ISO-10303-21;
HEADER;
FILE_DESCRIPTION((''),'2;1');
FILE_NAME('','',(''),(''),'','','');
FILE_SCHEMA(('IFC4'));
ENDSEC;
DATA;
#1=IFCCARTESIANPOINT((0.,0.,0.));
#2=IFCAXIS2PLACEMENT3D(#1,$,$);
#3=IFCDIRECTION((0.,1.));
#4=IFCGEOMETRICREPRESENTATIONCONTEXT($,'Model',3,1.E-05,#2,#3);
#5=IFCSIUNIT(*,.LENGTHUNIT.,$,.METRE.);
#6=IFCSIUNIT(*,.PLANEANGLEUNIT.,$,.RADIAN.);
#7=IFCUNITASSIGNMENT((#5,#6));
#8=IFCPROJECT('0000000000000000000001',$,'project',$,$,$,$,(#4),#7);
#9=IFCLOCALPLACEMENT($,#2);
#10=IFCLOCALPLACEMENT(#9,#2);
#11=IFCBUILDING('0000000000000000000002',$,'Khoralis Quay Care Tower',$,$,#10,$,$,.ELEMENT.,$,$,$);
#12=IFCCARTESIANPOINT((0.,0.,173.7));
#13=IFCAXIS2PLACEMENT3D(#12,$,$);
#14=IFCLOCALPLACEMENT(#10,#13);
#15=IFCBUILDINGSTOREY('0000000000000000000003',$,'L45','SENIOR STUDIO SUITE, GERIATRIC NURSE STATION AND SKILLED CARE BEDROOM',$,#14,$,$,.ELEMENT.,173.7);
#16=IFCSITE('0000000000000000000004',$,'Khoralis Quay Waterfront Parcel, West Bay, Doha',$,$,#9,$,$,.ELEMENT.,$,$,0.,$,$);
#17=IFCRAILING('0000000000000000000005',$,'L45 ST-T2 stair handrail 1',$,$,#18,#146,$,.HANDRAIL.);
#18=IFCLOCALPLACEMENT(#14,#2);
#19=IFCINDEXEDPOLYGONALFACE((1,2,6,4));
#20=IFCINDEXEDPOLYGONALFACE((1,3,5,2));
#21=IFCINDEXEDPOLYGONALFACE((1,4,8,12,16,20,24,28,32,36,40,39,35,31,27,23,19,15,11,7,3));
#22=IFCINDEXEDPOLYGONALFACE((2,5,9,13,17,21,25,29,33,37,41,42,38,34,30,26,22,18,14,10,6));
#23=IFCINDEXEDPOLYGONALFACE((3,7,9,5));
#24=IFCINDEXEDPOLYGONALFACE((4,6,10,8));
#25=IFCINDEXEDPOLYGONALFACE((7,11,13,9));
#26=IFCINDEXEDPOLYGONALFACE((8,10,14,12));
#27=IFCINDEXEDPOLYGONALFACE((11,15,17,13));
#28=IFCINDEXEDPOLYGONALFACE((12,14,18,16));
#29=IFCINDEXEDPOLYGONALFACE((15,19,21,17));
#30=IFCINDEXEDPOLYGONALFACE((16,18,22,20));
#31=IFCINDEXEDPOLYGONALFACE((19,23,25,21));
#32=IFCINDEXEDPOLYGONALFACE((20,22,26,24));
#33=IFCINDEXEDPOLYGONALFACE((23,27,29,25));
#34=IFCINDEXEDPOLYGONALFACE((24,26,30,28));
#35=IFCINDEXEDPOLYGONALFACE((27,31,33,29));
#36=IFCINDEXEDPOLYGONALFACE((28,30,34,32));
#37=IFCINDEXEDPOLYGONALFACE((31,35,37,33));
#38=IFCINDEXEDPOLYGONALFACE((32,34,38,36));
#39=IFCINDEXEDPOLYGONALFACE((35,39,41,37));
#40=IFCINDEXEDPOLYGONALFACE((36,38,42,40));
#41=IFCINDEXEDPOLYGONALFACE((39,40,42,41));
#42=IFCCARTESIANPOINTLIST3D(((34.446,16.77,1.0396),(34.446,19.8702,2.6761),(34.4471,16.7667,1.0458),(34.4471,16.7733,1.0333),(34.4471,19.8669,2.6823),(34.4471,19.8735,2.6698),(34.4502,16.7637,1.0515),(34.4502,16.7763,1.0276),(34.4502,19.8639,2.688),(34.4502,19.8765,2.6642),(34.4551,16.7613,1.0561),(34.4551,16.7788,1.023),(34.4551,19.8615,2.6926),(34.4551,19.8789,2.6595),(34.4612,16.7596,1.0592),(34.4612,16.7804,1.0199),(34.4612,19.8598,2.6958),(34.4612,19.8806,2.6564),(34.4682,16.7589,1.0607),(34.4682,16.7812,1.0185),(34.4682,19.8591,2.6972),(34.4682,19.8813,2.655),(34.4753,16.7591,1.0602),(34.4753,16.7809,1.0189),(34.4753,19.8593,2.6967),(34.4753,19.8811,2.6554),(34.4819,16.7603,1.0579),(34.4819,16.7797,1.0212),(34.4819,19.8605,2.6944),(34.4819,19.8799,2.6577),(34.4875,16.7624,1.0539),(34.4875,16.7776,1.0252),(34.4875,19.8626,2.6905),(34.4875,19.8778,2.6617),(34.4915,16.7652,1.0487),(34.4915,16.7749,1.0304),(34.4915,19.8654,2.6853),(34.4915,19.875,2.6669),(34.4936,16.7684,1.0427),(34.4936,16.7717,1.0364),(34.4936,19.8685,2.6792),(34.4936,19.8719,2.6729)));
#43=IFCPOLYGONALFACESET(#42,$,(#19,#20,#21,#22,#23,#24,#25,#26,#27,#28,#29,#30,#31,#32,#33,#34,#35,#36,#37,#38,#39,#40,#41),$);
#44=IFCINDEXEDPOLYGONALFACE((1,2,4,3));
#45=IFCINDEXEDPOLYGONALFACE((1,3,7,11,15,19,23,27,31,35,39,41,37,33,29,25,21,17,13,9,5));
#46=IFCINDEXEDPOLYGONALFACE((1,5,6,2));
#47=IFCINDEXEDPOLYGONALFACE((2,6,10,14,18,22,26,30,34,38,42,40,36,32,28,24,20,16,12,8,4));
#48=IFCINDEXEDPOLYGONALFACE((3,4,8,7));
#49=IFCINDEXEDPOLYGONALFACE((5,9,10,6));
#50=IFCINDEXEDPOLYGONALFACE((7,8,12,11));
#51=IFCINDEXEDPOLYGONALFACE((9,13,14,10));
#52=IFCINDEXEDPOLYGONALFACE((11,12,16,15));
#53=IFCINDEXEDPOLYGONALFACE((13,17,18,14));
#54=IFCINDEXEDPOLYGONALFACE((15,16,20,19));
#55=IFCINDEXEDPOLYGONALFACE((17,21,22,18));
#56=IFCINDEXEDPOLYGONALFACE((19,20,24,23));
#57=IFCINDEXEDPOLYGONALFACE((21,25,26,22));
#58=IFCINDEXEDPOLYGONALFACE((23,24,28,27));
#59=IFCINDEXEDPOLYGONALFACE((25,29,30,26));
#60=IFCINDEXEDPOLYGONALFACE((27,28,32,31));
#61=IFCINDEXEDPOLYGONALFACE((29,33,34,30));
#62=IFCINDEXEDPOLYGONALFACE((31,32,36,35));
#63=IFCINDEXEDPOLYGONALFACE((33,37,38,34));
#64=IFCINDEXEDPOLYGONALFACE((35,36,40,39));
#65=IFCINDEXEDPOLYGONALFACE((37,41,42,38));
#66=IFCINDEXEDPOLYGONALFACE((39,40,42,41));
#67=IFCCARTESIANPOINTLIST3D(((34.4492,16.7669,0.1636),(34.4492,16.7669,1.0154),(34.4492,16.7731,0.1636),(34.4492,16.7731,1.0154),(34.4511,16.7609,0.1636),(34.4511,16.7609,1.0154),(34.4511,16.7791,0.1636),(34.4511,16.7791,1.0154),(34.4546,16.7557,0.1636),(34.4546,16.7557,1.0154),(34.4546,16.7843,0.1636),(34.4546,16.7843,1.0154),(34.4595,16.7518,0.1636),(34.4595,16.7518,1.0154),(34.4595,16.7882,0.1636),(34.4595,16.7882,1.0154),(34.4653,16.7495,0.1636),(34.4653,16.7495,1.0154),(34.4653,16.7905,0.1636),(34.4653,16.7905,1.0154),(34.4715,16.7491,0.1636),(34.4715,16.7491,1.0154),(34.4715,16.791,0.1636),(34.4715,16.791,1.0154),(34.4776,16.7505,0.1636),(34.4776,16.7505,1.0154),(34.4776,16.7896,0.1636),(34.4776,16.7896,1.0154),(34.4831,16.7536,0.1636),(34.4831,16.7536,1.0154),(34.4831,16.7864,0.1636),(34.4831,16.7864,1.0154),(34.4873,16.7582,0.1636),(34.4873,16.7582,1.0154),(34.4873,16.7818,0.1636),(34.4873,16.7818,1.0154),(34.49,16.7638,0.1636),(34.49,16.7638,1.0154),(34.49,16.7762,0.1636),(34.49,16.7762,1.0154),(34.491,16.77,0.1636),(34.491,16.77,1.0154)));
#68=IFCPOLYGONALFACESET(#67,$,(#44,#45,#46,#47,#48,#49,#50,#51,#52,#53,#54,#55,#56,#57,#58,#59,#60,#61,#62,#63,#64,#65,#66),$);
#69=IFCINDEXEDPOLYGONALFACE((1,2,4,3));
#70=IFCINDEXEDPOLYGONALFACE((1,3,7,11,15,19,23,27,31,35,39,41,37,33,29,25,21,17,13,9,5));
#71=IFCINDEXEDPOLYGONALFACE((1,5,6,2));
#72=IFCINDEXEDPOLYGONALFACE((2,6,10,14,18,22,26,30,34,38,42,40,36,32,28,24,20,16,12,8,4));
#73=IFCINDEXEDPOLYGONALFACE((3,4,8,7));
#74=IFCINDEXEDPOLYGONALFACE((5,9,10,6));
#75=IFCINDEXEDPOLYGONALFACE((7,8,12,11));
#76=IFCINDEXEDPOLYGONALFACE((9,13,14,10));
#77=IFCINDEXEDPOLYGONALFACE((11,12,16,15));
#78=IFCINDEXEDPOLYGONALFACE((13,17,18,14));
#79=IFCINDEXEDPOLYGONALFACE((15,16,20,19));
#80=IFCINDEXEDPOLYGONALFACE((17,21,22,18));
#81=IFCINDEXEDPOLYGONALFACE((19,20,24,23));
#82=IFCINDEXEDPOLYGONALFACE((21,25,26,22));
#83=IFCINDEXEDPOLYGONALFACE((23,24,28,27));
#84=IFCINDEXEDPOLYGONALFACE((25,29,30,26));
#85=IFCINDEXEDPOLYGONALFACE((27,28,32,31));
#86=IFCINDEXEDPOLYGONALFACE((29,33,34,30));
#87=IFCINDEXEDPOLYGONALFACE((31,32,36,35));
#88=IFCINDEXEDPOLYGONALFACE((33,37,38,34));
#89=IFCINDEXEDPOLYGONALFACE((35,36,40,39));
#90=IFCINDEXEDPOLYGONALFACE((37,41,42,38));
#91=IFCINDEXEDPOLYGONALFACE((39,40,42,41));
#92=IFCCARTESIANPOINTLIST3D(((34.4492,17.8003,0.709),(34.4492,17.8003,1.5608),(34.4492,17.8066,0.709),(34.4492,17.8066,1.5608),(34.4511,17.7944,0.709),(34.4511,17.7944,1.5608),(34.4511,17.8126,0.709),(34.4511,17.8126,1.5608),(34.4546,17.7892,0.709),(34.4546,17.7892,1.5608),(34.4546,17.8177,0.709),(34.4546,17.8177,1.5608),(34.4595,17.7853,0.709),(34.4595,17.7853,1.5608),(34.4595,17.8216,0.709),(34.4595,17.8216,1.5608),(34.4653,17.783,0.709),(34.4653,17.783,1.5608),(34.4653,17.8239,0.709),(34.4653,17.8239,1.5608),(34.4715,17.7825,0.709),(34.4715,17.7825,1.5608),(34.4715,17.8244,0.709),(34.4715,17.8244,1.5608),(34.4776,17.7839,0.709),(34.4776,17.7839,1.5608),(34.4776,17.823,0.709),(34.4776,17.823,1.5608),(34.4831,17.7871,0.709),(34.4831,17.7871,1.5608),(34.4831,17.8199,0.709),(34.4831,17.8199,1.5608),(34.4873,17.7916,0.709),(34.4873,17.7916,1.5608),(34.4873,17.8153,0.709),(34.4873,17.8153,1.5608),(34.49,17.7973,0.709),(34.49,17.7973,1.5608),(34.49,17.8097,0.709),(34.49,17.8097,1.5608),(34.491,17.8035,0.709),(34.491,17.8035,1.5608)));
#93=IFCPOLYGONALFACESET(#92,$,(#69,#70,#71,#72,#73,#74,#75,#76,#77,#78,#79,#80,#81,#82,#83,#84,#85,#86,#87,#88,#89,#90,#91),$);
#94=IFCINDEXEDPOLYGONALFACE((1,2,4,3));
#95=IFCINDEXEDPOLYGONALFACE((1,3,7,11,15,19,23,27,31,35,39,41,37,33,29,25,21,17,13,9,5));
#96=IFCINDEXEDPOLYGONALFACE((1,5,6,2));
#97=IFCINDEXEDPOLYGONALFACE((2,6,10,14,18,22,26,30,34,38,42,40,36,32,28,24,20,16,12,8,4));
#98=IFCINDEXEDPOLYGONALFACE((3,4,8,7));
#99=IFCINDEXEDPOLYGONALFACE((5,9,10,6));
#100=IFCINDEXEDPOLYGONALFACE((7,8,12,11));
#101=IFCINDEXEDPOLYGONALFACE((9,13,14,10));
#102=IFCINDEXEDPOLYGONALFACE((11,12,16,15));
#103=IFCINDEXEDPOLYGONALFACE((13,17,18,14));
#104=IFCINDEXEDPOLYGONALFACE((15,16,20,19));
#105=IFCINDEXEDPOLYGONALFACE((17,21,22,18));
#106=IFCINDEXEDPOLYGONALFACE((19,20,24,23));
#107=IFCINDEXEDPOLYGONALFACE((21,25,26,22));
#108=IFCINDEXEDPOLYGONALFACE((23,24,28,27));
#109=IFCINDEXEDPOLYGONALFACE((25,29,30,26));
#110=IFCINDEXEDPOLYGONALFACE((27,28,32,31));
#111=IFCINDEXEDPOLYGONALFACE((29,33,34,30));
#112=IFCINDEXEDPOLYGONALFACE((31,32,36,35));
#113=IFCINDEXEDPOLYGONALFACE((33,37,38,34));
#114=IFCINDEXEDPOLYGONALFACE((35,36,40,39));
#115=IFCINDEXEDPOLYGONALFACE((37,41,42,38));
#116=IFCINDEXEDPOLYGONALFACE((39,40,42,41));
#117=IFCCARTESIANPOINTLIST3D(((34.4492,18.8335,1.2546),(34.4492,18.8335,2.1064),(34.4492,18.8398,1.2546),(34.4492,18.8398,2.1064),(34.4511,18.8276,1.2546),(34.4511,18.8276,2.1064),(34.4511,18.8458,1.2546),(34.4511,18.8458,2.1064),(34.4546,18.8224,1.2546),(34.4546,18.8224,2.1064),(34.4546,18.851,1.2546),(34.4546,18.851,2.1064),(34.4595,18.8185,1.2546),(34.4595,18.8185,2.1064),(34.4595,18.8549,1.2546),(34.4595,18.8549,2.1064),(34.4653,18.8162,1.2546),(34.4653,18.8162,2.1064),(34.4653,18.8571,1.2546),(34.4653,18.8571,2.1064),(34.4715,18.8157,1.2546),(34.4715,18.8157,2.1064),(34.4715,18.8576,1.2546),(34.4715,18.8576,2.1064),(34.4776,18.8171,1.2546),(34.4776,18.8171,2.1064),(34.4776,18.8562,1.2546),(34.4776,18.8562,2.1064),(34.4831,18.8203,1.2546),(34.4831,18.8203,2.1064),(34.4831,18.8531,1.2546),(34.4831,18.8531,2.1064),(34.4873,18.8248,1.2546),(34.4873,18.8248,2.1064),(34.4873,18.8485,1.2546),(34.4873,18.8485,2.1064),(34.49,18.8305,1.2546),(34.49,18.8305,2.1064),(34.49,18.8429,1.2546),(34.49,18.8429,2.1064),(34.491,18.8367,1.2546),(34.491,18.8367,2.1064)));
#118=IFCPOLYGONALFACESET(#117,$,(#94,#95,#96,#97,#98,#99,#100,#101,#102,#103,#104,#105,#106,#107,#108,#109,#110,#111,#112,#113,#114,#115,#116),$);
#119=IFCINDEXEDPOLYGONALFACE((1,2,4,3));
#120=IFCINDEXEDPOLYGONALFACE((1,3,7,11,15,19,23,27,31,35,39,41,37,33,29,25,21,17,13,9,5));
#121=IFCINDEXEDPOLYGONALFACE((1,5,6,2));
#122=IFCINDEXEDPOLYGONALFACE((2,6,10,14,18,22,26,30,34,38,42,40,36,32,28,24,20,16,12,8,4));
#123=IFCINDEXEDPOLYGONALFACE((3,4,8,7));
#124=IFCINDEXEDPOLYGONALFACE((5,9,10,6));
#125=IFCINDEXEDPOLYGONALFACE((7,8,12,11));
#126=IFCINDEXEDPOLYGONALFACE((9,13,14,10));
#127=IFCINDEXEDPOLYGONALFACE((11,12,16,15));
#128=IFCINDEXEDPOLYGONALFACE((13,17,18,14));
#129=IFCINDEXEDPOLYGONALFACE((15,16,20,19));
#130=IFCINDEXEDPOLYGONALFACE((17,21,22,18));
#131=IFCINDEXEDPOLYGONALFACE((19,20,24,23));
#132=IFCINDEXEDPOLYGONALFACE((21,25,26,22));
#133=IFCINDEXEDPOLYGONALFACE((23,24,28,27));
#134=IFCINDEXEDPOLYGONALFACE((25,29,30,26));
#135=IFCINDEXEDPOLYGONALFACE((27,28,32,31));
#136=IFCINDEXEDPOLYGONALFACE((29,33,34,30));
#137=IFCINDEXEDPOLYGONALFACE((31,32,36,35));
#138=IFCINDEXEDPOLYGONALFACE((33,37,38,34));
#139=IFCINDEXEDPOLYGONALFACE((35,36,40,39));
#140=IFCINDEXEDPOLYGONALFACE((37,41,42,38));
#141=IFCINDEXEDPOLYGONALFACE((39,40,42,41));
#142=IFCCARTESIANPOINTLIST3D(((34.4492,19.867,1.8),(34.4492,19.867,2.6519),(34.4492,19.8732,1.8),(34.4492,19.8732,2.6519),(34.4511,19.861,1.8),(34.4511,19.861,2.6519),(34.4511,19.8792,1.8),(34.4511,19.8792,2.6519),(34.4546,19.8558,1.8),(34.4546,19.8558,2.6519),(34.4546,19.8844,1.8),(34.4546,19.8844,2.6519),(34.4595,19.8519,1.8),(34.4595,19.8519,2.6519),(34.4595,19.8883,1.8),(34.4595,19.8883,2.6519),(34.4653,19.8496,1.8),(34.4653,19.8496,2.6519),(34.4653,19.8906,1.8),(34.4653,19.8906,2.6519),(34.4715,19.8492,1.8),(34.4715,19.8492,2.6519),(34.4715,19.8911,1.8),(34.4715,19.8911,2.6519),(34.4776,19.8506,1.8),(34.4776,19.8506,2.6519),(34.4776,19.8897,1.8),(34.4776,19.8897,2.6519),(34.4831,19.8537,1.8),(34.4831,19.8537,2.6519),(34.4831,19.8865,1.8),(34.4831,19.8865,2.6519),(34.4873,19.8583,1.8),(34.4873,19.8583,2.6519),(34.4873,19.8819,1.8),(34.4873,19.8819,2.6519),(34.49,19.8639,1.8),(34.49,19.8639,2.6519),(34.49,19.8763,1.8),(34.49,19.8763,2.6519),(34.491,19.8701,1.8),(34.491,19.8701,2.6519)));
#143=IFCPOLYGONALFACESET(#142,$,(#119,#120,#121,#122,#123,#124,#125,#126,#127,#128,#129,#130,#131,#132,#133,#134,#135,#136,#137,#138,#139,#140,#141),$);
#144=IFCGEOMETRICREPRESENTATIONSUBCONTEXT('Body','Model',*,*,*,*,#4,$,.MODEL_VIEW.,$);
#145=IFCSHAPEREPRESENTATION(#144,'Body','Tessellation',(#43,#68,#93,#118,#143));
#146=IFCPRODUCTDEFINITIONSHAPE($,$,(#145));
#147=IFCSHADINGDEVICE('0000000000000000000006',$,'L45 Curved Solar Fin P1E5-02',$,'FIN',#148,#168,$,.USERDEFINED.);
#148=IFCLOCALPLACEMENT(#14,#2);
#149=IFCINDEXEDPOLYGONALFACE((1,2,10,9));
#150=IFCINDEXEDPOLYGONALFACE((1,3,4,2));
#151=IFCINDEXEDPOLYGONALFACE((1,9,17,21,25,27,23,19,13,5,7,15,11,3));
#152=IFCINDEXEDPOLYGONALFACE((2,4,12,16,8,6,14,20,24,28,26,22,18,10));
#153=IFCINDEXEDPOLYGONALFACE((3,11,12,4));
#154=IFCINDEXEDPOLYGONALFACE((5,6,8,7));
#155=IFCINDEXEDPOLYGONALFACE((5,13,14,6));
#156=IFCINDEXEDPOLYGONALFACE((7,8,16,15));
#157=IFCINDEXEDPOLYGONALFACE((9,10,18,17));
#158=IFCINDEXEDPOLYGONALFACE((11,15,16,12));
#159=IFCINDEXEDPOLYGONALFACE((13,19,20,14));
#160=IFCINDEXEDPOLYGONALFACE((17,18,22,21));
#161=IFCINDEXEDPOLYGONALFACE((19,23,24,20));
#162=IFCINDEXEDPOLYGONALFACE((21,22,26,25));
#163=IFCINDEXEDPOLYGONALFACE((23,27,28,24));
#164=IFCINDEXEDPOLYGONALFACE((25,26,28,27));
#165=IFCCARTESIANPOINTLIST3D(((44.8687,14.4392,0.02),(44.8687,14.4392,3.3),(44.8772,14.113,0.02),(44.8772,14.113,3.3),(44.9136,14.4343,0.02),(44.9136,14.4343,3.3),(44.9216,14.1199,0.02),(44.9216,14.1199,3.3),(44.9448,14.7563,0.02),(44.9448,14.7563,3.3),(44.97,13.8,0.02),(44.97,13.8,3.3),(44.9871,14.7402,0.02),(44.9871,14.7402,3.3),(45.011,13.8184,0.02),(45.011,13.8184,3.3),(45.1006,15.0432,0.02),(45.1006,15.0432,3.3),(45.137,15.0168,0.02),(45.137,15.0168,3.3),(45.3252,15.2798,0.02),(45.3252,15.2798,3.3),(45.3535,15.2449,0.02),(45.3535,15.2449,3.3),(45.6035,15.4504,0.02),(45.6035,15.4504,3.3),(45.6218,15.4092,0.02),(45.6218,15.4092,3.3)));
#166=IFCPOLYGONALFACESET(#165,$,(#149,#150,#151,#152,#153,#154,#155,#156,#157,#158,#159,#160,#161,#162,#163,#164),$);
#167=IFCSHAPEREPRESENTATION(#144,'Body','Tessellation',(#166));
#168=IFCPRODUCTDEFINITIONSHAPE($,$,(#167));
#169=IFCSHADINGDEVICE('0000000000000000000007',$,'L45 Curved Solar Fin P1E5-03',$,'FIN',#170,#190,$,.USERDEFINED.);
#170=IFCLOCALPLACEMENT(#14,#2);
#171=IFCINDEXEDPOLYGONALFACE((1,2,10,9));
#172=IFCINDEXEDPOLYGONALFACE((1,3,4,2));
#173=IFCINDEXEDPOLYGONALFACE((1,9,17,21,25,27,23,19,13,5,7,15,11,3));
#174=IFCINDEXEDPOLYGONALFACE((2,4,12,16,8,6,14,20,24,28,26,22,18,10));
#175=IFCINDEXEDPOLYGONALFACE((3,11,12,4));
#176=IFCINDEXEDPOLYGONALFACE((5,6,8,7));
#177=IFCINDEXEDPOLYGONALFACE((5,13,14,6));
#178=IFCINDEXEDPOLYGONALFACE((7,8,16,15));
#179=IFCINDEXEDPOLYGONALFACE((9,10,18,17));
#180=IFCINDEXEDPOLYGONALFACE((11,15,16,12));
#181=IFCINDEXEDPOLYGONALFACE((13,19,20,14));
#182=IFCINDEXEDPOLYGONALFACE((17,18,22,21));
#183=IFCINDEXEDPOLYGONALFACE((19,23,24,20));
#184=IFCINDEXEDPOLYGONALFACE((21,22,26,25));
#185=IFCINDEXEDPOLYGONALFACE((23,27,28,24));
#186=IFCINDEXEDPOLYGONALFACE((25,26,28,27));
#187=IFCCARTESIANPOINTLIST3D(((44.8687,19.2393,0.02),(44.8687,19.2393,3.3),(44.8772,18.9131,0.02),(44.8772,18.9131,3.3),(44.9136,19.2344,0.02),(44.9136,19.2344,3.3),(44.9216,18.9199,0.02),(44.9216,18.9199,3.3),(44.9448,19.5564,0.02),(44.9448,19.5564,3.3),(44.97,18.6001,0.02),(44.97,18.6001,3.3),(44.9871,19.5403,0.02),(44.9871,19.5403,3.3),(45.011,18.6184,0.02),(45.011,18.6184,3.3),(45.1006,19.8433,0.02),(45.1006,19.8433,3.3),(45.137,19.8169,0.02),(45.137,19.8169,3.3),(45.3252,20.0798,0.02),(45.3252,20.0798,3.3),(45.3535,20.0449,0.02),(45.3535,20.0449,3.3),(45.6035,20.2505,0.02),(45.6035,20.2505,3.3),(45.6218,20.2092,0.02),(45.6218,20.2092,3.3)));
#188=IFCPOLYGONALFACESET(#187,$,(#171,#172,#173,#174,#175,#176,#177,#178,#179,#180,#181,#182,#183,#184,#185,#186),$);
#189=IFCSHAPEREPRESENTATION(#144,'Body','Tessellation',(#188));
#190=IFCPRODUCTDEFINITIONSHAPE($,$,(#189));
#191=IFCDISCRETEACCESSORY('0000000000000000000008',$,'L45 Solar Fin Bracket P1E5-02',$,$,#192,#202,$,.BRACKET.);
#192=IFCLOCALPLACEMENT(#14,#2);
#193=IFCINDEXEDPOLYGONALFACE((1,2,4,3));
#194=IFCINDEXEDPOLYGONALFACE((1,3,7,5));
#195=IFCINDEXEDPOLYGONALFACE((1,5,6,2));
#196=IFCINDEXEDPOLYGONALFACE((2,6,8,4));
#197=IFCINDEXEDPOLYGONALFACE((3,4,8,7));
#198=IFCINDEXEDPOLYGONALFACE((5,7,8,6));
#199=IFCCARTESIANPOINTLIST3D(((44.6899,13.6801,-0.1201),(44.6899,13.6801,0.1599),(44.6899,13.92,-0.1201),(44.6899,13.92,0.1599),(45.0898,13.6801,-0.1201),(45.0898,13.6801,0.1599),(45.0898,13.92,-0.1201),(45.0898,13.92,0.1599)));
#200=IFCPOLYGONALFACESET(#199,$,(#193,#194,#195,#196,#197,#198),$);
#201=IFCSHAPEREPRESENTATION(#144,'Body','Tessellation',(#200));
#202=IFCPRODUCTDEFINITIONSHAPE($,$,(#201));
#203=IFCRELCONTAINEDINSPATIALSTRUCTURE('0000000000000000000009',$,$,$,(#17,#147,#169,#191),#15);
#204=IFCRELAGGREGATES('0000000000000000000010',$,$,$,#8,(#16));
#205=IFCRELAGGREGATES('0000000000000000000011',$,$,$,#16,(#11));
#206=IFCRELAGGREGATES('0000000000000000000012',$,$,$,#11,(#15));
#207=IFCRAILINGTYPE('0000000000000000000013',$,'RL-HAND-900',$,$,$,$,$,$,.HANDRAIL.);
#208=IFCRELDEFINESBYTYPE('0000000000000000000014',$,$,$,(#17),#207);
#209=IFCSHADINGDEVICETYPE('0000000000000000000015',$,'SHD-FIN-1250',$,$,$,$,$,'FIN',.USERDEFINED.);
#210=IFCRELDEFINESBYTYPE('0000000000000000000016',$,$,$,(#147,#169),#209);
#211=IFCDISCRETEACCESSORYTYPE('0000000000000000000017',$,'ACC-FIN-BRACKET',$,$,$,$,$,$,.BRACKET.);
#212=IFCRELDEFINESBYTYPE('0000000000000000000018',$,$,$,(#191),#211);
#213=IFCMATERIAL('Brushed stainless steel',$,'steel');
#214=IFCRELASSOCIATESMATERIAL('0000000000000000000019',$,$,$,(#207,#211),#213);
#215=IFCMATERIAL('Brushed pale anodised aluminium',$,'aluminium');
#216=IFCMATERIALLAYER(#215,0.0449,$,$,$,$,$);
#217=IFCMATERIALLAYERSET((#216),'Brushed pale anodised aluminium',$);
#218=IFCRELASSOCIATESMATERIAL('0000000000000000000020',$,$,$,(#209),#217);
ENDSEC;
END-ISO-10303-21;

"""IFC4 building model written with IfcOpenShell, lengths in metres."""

from ifc_helpers import new_model, si_unit, direction, frame, origin, origin_2d, place, context, subcontext, project, spatial, polyline, rectangle, circle, outline, extrude, source, transform, mapped, material, layer, layer_set, type_object, element, save


model = new_model("IFC4")

# Units and contexts
model_context = context("Model", 3, precision=1e-05, world=origin(), true_north=direction((0.0, 1.0)))
body_context = subcontext(model_context, "Body", "Model", "MODEL_VIEW")
ifc_project = project(units=[si_unit("LENGTHUNIT", "METRE"), si_unit("PLANEANGLEUNIT", "RADIAN")], contexts=[model_context])

# Site, building, storey
site_placement = place(None, origin())
site = spatial("IfcSite", under=ifc_project, at=site_placement, Name="Khoralis Quay Waterfront Parcel, West Bay, Doha", CompositionType="ELEMENT", RefElevation=0.0)
building_placement = place(site_placement, origin())
building = spatial("IfcBuilding", under=site, at=building_placement, Name="Khoralis Quay Care Tower", CompositionType="ELEMENT")
storey_placement = place(building_placement, frame((0.0, 0.0, 173.7)))
storey = spatial("IfcBuildingStorey", under=building, at=storey_placement, Name="L45", Description="SENIOR STUDIO SUITE, GERIATRIC NURSE STATION AND SKILLED CARE BEDROOM", CompositionType="ELEMENT", Elevation=173.7)

# Railing
ifc_material_1 = material(Name="Brushed stainless steel", Category="steel")
railing_type_1 = type_object("IfcRailingType", Name="RL-HAND-900", PredefinedType="HANDRAIL", material=ifc_material_1)
railing_1_placement = place(storey_placement, frame((34.47, 16.77, 0.1636)))
element("IfcRailing", 1, at=railing_1_placement, inside=storey, type_object=railing_type_1, Name="L45 ST-T2 stair handrail 1", PredefinedType="HANDRAIL", context=body_context, shape_type="SweptSolid", body=[
    extrude(circle(Radius=0.0239, at=origin_2d()), frame((0.0, 0.0, 0.876), z_axis=(0.0, 0.884348, 0.466828), x_axis=(-1.0, 0.0, 0.0)), (0.0, 0.0, 1.0), 3.5056),
    extrude(circle(Radius=0.021, at=origin_2d()), origin(), (0.0, 0.0, 1.0), 0.8518),
    extrude(circle(Radius=0.021, at=origin_2d()), frame((0.0, 1.0334, 0.5454)), (0.0, 0.0, 1.0), 0.8518),
    extrude(circle(Radius=0.021, at=origin_2d()), frame((0.0, 2.0667, 1.0911)), (0.0, 0.0, 1.0), 0.8518),
    extrude(circle(Radius=0.021, at=origin_2d()), frame((0.0, 3.1001, 1.6365)), (0.0, 0.0, 1.0), 0.8518),
])

# Shading devices
ifc_material_2 = material(Name="Brushed pale anodised aluminium", Category="aluminium")
ifc_layer_1 = layer(ifc_material_2, 0.0449)
ifc_layer_set_1 = layer_set([ifc_layer_1], Name="Brushed pale anodised aluminium")
shading_device_type = type_object("IfcShadingDeviceType", Name="SHD-FIN-1250", ElementType="FIN", PredefinedType="USERDEFINED", material=ifc_layer_set_1)
shared_shape_1 = source(origin(), body_context, "Body", "SweptSolid", [
    extrude(outline(polyline([(0.0, 0.0), (-0.0928, 0.313), (-0.1013, 0.6392), (-0.0251, 0.9563), (0.1306, 1.2432), (0.3552, 1.4797), (0.6335, 1.6504), (0.6519, 1.6091), (0.3835, 1.4448), (0.167, 1.2168), (0.0171, 0.9402), (-0.0564, 0.6343), (-0.0483, 0.3198), (0.041, 0.0183), (0.0, 0.0)])), origin(), (0.0, 0.0, 1.0), 3.28),
])
for number, where, z_axis, x_axis, name in (
    (2, (44.97, 13.8, 0.02), (0.0, 0.0, 1.0), (1.0, 0.0, 0.0), "L45 Curved Solar Fin P1E5-02"),
    (3, (44.97, 18.6001, 0.02), (0.0, 0.0, 1.0), (1.0, 0.0, 0.0), "L45 Curved Solar Fin P1E5-03"),
):
    element("IfcShadingDevice", number, at=place(storey_placement, frame(where, z_axis=z_axis, x_axis=x_axis)), inside=storey, type_object=shading_device_type, Name=name, ObjectType="FIN", PredefinedType="USERDEFINED", context=body_context, shape_type="MappedRepresentation", body=[
        mapped(shared_shape_1, transform((0.0, 0.0, 0.0), scale=1.0)),
    ])

# Discrete accessory
discrete_accessory_type = type_object("IfcDiscreteAccessoryType", Name="ACC-FIN-BRACKET", PredefinedType="BRACKET", material=ifc_material_1)
shared_shape_2 = source(origin(), body_context, "Body", "SweptSolid", [
    extrude(rectangle(XDim=0.3999, YDim=0.24, at=origin_2d()), origin(), (0.0, 0.0, 1.0), 0.28),
])
for number, where, z_axis, x_axis, name in (
    (4, (44.8899, 13.8, -0.1201), (0.0, 0.0, 1.0), (1.0, 0.0, 0.0), "L45 Solar Fin Bracket P1E5-02"),
):
    element("IfcDiscreteAccessory", number, at=place(storey_placement, frame(where, z_axis=z_axis, x_axis=x_axis)), inside=storey, type_object=discrete_accessory_type, Name=name, PredefinedType="BRACKET", context=body_context, shape_type="MappedRepresentation", body=[
        mapped(shared_shape_2, transform((0.0, 0.0, 0.0), scale=1.0)),
    ])

save(model, "model.ifc")
